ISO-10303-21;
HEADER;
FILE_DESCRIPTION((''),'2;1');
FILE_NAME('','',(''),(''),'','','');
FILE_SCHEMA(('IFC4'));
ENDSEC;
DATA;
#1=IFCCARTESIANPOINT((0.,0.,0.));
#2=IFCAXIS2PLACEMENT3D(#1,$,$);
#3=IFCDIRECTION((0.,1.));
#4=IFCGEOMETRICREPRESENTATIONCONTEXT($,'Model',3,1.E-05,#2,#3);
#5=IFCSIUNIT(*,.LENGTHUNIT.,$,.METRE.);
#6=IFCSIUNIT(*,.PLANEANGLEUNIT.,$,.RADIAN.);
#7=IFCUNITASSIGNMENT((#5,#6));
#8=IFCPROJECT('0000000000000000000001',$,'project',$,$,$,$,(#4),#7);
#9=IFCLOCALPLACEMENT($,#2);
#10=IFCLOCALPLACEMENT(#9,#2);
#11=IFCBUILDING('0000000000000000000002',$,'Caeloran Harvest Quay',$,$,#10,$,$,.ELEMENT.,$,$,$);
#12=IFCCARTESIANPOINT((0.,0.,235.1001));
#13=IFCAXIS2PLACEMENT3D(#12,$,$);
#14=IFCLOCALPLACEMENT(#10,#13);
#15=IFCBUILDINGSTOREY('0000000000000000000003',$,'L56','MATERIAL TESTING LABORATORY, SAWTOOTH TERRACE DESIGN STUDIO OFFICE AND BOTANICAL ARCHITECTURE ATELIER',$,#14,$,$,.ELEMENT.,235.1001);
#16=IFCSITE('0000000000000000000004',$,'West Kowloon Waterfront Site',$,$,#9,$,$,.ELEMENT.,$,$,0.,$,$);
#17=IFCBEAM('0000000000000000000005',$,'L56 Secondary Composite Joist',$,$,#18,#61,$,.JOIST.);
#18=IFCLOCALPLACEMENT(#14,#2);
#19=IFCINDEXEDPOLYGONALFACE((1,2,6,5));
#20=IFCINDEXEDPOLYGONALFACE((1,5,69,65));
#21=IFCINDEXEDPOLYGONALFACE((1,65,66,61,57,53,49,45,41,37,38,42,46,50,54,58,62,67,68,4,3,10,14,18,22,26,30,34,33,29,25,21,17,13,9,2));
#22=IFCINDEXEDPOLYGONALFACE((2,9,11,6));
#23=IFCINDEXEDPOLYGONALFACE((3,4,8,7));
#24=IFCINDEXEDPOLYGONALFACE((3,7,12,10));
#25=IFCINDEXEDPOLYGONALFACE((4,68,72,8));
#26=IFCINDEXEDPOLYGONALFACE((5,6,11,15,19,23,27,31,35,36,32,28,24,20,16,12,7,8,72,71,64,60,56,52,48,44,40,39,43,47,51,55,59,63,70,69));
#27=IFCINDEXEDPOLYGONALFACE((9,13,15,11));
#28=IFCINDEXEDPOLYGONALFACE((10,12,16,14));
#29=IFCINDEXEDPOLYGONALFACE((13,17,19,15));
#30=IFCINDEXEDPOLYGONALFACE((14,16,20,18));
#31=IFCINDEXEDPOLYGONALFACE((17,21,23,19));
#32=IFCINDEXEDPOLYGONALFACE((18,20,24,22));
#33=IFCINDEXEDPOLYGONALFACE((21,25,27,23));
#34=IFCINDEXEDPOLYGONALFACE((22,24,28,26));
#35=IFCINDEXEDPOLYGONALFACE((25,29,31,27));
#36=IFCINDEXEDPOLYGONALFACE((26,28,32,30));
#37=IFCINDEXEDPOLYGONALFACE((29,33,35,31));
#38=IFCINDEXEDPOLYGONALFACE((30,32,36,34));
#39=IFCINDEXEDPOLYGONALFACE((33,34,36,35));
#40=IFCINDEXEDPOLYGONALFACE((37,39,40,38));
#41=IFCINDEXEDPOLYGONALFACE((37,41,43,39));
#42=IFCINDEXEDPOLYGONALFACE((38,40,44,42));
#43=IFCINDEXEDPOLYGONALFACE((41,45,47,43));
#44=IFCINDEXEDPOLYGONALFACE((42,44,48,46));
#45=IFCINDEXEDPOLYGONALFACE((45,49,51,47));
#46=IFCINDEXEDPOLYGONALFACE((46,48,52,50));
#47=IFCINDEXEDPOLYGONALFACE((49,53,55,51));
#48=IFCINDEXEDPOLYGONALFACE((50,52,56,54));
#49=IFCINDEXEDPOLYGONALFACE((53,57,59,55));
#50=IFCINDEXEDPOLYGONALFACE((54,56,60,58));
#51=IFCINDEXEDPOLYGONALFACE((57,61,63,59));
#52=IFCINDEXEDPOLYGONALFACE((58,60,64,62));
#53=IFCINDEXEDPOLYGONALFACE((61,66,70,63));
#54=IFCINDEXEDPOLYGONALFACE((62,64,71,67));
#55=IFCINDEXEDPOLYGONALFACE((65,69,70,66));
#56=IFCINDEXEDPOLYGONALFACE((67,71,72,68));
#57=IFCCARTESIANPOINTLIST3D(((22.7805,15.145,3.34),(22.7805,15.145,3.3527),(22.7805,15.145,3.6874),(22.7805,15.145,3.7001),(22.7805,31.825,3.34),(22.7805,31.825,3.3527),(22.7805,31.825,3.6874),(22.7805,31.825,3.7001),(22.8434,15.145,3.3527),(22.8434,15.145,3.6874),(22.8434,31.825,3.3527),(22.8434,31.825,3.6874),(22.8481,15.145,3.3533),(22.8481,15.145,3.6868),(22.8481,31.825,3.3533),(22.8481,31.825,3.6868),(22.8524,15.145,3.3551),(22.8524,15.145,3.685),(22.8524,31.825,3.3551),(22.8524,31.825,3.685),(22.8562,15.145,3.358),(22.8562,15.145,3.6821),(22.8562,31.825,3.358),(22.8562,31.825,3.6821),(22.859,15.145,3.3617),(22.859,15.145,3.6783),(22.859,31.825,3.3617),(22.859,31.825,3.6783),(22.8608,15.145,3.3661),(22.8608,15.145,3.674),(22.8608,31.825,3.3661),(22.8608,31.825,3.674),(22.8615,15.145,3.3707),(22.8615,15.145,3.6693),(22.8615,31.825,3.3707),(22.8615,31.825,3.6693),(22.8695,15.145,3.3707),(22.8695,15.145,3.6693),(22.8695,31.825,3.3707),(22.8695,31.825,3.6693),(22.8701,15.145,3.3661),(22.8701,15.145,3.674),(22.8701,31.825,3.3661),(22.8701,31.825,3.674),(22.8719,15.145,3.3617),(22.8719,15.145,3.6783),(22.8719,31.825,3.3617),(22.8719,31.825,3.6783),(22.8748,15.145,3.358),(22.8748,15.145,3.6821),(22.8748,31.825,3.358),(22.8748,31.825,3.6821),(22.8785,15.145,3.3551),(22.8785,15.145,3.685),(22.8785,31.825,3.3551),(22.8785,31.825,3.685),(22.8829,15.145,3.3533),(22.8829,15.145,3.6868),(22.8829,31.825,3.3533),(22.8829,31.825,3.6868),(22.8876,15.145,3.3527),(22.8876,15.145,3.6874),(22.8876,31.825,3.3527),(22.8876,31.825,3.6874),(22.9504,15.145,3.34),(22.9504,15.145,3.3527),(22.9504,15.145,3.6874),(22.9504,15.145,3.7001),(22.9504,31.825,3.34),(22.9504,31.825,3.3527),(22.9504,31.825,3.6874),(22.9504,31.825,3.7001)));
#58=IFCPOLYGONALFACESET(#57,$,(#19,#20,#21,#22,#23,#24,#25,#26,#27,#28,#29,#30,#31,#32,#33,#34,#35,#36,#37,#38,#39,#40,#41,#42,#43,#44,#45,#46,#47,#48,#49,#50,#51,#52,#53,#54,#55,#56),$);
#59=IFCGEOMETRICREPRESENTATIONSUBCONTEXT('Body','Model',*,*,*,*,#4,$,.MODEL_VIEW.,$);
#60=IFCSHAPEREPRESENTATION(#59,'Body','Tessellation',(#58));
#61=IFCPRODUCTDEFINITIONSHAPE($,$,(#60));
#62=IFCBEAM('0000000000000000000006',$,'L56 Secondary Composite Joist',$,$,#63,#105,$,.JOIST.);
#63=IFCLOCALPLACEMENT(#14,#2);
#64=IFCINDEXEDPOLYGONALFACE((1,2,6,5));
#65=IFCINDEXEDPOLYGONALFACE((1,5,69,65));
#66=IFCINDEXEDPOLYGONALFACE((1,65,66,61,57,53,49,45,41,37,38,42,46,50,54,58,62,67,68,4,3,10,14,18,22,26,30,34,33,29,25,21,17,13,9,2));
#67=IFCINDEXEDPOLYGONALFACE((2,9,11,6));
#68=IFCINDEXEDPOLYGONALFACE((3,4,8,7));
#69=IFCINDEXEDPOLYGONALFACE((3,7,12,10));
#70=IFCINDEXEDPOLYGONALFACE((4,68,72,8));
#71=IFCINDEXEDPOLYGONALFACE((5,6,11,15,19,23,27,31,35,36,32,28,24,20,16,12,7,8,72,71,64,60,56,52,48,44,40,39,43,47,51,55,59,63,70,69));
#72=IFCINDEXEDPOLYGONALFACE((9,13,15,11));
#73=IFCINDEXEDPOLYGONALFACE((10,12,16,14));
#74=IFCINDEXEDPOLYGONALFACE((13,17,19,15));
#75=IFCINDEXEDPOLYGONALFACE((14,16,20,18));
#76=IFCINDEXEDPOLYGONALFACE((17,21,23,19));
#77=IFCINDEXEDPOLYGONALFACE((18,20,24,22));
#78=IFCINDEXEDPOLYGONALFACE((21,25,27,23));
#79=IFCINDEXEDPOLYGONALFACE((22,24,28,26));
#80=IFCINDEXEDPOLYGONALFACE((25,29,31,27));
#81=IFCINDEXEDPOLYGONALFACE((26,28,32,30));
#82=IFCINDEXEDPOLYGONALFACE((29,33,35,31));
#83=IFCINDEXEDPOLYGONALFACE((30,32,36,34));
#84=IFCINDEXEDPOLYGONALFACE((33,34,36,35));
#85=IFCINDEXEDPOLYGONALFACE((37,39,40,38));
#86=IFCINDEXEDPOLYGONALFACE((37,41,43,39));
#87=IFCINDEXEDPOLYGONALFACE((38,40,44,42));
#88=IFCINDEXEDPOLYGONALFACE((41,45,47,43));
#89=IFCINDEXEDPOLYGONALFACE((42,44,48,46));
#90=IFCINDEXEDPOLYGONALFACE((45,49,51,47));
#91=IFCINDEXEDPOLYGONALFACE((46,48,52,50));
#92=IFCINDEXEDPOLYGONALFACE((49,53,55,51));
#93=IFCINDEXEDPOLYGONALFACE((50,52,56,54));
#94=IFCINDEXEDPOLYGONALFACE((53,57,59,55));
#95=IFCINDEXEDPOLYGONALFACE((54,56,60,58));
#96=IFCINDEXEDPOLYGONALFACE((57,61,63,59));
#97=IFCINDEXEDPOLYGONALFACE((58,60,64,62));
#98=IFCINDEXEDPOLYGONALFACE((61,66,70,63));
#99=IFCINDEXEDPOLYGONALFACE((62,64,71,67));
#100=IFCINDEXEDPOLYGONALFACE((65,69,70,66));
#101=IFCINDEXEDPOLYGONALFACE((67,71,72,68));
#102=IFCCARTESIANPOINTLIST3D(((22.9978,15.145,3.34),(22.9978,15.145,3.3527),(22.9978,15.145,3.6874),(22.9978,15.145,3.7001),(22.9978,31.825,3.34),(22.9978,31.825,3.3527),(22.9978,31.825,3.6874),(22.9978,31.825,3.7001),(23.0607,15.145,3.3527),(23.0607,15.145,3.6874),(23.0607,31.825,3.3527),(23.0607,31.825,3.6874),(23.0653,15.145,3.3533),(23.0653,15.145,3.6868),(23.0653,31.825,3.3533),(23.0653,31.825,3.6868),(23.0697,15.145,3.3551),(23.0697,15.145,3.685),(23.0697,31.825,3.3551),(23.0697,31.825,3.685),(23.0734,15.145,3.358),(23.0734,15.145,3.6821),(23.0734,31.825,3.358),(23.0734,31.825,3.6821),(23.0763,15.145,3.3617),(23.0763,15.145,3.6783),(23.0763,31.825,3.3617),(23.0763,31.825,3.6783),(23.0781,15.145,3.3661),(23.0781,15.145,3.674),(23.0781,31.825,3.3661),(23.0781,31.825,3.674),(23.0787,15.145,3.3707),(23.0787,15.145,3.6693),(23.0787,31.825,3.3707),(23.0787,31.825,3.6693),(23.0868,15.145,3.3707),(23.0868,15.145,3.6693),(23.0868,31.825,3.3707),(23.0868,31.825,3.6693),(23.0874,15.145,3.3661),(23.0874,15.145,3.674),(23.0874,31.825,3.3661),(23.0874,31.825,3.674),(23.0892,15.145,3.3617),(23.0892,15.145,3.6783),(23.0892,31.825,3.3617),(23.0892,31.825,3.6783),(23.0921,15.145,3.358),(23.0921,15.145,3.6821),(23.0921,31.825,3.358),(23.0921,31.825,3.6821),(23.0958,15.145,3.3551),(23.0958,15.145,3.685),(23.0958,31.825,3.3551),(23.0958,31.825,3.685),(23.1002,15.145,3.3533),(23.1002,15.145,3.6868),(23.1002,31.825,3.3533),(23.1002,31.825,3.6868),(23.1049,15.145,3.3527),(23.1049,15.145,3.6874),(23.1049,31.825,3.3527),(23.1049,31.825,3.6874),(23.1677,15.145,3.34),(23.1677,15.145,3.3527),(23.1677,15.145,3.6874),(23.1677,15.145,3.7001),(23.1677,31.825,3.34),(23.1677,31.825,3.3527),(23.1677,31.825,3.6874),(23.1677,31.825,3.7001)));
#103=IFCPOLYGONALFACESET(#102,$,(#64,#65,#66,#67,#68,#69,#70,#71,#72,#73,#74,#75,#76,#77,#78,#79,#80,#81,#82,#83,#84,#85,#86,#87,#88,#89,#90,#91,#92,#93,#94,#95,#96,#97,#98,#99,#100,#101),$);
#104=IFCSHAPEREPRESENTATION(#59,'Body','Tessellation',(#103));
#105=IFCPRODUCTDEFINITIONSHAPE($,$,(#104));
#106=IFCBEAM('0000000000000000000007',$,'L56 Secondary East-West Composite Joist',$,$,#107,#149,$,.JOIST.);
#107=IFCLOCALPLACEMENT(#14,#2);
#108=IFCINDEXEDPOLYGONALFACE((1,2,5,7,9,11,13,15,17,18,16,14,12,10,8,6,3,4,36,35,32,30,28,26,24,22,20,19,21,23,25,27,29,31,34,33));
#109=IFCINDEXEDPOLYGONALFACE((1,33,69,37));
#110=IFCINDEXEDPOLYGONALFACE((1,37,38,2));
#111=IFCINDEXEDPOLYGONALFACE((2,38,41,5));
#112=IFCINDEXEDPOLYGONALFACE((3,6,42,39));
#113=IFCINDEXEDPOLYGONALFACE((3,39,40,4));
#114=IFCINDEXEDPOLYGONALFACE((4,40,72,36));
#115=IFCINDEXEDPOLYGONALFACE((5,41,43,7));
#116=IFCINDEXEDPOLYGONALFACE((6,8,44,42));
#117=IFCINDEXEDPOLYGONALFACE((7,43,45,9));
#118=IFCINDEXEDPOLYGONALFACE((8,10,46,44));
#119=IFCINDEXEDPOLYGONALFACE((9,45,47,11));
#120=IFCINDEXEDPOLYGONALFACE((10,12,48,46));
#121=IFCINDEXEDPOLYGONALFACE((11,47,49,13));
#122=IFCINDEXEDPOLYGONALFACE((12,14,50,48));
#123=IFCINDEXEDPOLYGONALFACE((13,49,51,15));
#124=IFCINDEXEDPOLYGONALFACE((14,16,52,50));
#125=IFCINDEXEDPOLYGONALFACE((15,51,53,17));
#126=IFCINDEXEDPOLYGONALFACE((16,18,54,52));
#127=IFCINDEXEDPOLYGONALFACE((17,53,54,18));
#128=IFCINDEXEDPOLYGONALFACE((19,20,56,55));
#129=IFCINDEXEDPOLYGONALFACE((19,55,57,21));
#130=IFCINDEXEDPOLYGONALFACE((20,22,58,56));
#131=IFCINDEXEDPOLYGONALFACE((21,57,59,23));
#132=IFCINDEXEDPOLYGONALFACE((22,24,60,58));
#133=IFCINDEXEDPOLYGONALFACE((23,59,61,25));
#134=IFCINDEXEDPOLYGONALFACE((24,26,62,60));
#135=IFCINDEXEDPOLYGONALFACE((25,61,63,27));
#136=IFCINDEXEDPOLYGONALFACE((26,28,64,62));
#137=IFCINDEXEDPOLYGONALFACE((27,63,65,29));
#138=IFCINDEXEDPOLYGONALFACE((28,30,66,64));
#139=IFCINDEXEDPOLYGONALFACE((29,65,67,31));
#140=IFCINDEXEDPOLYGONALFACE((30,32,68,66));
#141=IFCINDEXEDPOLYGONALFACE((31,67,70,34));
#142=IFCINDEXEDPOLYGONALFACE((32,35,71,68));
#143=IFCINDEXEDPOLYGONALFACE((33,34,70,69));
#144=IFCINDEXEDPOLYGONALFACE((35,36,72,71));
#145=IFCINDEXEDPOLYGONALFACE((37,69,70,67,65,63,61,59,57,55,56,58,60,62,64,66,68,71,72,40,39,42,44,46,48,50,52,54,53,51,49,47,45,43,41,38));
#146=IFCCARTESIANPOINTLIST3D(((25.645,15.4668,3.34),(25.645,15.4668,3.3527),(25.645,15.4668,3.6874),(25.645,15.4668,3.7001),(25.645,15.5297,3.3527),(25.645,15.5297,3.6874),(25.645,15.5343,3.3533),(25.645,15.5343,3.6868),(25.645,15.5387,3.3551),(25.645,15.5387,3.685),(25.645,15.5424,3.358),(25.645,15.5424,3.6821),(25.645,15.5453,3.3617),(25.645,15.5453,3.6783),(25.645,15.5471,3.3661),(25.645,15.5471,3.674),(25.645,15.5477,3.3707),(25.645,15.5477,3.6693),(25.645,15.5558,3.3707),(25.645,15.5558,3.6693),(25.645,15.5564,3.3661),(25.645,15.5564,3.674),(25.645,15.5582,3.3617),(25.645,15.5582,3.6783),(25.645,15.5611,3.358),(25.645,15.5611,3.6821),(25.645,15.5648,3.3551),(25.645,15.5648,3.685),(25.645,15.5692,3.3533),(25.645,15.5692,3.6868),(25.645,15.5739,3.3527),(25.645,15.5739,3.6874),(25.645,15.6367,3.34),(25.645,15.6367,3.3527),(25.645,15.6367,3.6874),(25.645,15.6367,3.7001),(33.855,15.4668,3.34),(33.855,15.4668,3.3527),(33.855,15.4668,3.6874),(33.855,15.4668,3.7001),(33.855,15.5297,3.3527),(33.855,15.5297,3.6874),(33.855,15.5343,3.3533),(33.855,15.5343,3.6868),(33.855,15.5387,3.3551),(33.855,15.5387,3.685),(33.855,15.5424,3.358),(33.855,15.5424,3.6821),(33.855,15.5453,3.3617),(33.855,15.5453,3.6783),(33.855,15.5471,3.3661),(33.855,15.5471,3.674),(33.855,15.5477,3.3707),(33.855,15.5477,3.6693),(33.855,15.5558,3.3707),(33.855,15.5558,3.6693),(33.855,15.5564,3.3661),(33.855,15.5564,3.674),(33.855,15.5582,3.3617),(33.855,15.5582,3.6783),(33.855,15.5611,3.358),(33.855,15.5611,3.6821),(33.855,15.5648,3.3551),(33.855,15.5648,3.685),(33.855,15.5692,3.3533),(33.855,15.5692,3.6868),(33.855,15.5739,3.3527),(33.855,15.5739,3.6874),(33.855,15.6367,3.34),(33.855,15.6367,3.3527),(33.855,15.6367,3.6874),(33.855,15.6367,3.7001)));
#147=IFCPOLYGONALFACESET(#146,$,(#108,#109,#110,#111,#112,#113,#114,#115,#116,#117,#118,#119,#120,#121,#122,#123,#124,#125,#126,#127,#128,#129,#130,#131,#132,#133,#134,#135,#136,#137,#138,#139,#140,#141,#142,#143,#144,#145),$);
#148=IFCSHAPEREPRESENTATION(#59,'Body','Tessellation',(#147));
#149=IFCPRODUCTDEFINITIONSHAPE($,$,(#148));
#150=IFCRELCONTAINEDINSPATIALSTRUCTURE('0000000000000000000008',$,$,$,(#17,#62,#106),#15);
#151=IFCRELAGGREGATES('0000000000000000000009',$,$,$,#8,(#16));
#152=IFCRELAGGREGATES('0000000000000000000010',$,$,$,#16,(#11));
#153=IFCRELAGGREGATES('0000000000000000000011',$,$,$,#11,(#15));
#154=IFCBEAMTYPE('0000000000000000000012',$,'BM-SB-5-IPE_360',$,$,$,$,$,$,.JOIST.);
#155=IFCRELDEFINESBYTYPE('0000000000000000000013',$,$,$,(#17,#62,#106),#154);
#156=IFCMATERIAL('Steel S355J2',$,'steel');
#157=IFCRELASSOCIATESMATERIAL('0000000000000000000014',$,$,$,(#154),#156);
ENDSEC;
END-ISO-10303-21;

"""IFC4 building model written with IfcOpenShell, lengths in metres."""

from ifc_helpers import new_model, si_unit, direction, frame, origin, origin_2d, place, context, subcontext, project, spatial, i_section, extrude, material, material_profile, profile_set, type_object, element, save


model = new_model("IFC4")

# Units and contexts
model_context = context("Model", 3, precision=1e-05, world=origin(), true_north=direction((0.0, 1.0)))
body_context = subcontext(model_context, "Body", "Model", "MODEL_VIEW")
ifc_project = project(units=[si_unit("LENGTHUNIT", "METRE"), si_unit("PLANEANGLEUNIT", "RADIAN")], contexts=[model_context])

# Site, building, storey
site_placement = place(None, origin())
site = spatial("IfcSite", under=ifc_project, at=site_placement, Name="West Kowloon Waterfront Site", CompositionType="ELEMENT", RefElevation=0.0)
building_placement = place(site_placement, origin())
building = spatial("IfcBuilding", under=site, at=building_placement, Name="Caeloran Harvest Quay", CompositionType="ELEMENT")
storey_placement = place(building_placement, frame((0.0, 0.0, 235.1001)))
storey = spatial("IfcBuildingStorey", under=building, at=storey_placement, Name="L56", Description="MATERIAL TESTING LABORATORY, SAWTOOTH TERRACE DESIGN STUDIO OFFICE AND BOTANICAL ARCHITECTURE ATELIER", CompositionType="ELEMENT", Elevation=235.1001)

# Beams
ifc_material_1 = material(Name="Steel S355J2", Category="steel")
ifc_material_profile_1 = material_profile(ifc_material_1, i_section(OverallWidth=0.1699, OverallDepth=0.3601, WebThickness=0.0081, FlangeThickness=0.0127, FilletRadius=0.0181, at=origin_2d()), Name="IPE 360")
ifc_profile_set_1 = profile_set([ifc_material_profile_1], Name="Steel S355J2")
beam_type_1 = type_object("IfcBeamType", Name="BM-SB-5-IPE_360", PredefinedType="JOIST", material=ifc_profile_set_1)
for number, where, z_axis, x_axis, name in (
    (1, (22.8655, 15.145, 3.52), (0.0, 1.0, 0.0), (-1.0, 0.0, 0.0), "L56 Secondary Composite Joist"),
    (2, (23.0828, 15.145, 3.52), (0.0, 1.0, 0.0), (-1.0, 0.0, 0.0), "L56 Secondary Composite Joist"),
):
    element("IfcBeam", number, at=place(storey_placement, frame(where, z_axis=z_axis, x_axis=x_axis)), inside=storey, type_object=beam_type_1, Name=name, PredefinedType="JOIST", context=body_context, shape_type="SweptSolid", body=[
        extrude(i_section(OverallWidth=0.1699, OverallDepth=0.3601, WebThickness=0.0081, FlangeThickness=0.0127, FilletRadius=0.0181, at=origin_2d()), origin(), (0.0, 0.0, 1.0), 16.6799),
    ])
beam_1_placement = place(storey_placement, frame((25.645, 15.5518, 3.52), z_axis=(1.0, 0.0, 0.0), x_axis=(0.0, 1.0, 0.0)))
element("IfcBeam", 3, at=beam_1_placement, inside=storey, type_object=beam_type_1, Name="L56 Secondary East-West Composite Joist", PredefinedType="JOIST", context=body_context, shape_type="SweptSolid", body=[
    extrude(i_section(OverallWidth=0.1699, OverallDepth=0.3601, WebThickness=0.0081, FlangeThickness=0.0127, FilletRadius=0.0181, at=origin_2d()), origin(), (0.0, 0.0, 1.0), 8.21),
])

save(model, "model.ifc")
